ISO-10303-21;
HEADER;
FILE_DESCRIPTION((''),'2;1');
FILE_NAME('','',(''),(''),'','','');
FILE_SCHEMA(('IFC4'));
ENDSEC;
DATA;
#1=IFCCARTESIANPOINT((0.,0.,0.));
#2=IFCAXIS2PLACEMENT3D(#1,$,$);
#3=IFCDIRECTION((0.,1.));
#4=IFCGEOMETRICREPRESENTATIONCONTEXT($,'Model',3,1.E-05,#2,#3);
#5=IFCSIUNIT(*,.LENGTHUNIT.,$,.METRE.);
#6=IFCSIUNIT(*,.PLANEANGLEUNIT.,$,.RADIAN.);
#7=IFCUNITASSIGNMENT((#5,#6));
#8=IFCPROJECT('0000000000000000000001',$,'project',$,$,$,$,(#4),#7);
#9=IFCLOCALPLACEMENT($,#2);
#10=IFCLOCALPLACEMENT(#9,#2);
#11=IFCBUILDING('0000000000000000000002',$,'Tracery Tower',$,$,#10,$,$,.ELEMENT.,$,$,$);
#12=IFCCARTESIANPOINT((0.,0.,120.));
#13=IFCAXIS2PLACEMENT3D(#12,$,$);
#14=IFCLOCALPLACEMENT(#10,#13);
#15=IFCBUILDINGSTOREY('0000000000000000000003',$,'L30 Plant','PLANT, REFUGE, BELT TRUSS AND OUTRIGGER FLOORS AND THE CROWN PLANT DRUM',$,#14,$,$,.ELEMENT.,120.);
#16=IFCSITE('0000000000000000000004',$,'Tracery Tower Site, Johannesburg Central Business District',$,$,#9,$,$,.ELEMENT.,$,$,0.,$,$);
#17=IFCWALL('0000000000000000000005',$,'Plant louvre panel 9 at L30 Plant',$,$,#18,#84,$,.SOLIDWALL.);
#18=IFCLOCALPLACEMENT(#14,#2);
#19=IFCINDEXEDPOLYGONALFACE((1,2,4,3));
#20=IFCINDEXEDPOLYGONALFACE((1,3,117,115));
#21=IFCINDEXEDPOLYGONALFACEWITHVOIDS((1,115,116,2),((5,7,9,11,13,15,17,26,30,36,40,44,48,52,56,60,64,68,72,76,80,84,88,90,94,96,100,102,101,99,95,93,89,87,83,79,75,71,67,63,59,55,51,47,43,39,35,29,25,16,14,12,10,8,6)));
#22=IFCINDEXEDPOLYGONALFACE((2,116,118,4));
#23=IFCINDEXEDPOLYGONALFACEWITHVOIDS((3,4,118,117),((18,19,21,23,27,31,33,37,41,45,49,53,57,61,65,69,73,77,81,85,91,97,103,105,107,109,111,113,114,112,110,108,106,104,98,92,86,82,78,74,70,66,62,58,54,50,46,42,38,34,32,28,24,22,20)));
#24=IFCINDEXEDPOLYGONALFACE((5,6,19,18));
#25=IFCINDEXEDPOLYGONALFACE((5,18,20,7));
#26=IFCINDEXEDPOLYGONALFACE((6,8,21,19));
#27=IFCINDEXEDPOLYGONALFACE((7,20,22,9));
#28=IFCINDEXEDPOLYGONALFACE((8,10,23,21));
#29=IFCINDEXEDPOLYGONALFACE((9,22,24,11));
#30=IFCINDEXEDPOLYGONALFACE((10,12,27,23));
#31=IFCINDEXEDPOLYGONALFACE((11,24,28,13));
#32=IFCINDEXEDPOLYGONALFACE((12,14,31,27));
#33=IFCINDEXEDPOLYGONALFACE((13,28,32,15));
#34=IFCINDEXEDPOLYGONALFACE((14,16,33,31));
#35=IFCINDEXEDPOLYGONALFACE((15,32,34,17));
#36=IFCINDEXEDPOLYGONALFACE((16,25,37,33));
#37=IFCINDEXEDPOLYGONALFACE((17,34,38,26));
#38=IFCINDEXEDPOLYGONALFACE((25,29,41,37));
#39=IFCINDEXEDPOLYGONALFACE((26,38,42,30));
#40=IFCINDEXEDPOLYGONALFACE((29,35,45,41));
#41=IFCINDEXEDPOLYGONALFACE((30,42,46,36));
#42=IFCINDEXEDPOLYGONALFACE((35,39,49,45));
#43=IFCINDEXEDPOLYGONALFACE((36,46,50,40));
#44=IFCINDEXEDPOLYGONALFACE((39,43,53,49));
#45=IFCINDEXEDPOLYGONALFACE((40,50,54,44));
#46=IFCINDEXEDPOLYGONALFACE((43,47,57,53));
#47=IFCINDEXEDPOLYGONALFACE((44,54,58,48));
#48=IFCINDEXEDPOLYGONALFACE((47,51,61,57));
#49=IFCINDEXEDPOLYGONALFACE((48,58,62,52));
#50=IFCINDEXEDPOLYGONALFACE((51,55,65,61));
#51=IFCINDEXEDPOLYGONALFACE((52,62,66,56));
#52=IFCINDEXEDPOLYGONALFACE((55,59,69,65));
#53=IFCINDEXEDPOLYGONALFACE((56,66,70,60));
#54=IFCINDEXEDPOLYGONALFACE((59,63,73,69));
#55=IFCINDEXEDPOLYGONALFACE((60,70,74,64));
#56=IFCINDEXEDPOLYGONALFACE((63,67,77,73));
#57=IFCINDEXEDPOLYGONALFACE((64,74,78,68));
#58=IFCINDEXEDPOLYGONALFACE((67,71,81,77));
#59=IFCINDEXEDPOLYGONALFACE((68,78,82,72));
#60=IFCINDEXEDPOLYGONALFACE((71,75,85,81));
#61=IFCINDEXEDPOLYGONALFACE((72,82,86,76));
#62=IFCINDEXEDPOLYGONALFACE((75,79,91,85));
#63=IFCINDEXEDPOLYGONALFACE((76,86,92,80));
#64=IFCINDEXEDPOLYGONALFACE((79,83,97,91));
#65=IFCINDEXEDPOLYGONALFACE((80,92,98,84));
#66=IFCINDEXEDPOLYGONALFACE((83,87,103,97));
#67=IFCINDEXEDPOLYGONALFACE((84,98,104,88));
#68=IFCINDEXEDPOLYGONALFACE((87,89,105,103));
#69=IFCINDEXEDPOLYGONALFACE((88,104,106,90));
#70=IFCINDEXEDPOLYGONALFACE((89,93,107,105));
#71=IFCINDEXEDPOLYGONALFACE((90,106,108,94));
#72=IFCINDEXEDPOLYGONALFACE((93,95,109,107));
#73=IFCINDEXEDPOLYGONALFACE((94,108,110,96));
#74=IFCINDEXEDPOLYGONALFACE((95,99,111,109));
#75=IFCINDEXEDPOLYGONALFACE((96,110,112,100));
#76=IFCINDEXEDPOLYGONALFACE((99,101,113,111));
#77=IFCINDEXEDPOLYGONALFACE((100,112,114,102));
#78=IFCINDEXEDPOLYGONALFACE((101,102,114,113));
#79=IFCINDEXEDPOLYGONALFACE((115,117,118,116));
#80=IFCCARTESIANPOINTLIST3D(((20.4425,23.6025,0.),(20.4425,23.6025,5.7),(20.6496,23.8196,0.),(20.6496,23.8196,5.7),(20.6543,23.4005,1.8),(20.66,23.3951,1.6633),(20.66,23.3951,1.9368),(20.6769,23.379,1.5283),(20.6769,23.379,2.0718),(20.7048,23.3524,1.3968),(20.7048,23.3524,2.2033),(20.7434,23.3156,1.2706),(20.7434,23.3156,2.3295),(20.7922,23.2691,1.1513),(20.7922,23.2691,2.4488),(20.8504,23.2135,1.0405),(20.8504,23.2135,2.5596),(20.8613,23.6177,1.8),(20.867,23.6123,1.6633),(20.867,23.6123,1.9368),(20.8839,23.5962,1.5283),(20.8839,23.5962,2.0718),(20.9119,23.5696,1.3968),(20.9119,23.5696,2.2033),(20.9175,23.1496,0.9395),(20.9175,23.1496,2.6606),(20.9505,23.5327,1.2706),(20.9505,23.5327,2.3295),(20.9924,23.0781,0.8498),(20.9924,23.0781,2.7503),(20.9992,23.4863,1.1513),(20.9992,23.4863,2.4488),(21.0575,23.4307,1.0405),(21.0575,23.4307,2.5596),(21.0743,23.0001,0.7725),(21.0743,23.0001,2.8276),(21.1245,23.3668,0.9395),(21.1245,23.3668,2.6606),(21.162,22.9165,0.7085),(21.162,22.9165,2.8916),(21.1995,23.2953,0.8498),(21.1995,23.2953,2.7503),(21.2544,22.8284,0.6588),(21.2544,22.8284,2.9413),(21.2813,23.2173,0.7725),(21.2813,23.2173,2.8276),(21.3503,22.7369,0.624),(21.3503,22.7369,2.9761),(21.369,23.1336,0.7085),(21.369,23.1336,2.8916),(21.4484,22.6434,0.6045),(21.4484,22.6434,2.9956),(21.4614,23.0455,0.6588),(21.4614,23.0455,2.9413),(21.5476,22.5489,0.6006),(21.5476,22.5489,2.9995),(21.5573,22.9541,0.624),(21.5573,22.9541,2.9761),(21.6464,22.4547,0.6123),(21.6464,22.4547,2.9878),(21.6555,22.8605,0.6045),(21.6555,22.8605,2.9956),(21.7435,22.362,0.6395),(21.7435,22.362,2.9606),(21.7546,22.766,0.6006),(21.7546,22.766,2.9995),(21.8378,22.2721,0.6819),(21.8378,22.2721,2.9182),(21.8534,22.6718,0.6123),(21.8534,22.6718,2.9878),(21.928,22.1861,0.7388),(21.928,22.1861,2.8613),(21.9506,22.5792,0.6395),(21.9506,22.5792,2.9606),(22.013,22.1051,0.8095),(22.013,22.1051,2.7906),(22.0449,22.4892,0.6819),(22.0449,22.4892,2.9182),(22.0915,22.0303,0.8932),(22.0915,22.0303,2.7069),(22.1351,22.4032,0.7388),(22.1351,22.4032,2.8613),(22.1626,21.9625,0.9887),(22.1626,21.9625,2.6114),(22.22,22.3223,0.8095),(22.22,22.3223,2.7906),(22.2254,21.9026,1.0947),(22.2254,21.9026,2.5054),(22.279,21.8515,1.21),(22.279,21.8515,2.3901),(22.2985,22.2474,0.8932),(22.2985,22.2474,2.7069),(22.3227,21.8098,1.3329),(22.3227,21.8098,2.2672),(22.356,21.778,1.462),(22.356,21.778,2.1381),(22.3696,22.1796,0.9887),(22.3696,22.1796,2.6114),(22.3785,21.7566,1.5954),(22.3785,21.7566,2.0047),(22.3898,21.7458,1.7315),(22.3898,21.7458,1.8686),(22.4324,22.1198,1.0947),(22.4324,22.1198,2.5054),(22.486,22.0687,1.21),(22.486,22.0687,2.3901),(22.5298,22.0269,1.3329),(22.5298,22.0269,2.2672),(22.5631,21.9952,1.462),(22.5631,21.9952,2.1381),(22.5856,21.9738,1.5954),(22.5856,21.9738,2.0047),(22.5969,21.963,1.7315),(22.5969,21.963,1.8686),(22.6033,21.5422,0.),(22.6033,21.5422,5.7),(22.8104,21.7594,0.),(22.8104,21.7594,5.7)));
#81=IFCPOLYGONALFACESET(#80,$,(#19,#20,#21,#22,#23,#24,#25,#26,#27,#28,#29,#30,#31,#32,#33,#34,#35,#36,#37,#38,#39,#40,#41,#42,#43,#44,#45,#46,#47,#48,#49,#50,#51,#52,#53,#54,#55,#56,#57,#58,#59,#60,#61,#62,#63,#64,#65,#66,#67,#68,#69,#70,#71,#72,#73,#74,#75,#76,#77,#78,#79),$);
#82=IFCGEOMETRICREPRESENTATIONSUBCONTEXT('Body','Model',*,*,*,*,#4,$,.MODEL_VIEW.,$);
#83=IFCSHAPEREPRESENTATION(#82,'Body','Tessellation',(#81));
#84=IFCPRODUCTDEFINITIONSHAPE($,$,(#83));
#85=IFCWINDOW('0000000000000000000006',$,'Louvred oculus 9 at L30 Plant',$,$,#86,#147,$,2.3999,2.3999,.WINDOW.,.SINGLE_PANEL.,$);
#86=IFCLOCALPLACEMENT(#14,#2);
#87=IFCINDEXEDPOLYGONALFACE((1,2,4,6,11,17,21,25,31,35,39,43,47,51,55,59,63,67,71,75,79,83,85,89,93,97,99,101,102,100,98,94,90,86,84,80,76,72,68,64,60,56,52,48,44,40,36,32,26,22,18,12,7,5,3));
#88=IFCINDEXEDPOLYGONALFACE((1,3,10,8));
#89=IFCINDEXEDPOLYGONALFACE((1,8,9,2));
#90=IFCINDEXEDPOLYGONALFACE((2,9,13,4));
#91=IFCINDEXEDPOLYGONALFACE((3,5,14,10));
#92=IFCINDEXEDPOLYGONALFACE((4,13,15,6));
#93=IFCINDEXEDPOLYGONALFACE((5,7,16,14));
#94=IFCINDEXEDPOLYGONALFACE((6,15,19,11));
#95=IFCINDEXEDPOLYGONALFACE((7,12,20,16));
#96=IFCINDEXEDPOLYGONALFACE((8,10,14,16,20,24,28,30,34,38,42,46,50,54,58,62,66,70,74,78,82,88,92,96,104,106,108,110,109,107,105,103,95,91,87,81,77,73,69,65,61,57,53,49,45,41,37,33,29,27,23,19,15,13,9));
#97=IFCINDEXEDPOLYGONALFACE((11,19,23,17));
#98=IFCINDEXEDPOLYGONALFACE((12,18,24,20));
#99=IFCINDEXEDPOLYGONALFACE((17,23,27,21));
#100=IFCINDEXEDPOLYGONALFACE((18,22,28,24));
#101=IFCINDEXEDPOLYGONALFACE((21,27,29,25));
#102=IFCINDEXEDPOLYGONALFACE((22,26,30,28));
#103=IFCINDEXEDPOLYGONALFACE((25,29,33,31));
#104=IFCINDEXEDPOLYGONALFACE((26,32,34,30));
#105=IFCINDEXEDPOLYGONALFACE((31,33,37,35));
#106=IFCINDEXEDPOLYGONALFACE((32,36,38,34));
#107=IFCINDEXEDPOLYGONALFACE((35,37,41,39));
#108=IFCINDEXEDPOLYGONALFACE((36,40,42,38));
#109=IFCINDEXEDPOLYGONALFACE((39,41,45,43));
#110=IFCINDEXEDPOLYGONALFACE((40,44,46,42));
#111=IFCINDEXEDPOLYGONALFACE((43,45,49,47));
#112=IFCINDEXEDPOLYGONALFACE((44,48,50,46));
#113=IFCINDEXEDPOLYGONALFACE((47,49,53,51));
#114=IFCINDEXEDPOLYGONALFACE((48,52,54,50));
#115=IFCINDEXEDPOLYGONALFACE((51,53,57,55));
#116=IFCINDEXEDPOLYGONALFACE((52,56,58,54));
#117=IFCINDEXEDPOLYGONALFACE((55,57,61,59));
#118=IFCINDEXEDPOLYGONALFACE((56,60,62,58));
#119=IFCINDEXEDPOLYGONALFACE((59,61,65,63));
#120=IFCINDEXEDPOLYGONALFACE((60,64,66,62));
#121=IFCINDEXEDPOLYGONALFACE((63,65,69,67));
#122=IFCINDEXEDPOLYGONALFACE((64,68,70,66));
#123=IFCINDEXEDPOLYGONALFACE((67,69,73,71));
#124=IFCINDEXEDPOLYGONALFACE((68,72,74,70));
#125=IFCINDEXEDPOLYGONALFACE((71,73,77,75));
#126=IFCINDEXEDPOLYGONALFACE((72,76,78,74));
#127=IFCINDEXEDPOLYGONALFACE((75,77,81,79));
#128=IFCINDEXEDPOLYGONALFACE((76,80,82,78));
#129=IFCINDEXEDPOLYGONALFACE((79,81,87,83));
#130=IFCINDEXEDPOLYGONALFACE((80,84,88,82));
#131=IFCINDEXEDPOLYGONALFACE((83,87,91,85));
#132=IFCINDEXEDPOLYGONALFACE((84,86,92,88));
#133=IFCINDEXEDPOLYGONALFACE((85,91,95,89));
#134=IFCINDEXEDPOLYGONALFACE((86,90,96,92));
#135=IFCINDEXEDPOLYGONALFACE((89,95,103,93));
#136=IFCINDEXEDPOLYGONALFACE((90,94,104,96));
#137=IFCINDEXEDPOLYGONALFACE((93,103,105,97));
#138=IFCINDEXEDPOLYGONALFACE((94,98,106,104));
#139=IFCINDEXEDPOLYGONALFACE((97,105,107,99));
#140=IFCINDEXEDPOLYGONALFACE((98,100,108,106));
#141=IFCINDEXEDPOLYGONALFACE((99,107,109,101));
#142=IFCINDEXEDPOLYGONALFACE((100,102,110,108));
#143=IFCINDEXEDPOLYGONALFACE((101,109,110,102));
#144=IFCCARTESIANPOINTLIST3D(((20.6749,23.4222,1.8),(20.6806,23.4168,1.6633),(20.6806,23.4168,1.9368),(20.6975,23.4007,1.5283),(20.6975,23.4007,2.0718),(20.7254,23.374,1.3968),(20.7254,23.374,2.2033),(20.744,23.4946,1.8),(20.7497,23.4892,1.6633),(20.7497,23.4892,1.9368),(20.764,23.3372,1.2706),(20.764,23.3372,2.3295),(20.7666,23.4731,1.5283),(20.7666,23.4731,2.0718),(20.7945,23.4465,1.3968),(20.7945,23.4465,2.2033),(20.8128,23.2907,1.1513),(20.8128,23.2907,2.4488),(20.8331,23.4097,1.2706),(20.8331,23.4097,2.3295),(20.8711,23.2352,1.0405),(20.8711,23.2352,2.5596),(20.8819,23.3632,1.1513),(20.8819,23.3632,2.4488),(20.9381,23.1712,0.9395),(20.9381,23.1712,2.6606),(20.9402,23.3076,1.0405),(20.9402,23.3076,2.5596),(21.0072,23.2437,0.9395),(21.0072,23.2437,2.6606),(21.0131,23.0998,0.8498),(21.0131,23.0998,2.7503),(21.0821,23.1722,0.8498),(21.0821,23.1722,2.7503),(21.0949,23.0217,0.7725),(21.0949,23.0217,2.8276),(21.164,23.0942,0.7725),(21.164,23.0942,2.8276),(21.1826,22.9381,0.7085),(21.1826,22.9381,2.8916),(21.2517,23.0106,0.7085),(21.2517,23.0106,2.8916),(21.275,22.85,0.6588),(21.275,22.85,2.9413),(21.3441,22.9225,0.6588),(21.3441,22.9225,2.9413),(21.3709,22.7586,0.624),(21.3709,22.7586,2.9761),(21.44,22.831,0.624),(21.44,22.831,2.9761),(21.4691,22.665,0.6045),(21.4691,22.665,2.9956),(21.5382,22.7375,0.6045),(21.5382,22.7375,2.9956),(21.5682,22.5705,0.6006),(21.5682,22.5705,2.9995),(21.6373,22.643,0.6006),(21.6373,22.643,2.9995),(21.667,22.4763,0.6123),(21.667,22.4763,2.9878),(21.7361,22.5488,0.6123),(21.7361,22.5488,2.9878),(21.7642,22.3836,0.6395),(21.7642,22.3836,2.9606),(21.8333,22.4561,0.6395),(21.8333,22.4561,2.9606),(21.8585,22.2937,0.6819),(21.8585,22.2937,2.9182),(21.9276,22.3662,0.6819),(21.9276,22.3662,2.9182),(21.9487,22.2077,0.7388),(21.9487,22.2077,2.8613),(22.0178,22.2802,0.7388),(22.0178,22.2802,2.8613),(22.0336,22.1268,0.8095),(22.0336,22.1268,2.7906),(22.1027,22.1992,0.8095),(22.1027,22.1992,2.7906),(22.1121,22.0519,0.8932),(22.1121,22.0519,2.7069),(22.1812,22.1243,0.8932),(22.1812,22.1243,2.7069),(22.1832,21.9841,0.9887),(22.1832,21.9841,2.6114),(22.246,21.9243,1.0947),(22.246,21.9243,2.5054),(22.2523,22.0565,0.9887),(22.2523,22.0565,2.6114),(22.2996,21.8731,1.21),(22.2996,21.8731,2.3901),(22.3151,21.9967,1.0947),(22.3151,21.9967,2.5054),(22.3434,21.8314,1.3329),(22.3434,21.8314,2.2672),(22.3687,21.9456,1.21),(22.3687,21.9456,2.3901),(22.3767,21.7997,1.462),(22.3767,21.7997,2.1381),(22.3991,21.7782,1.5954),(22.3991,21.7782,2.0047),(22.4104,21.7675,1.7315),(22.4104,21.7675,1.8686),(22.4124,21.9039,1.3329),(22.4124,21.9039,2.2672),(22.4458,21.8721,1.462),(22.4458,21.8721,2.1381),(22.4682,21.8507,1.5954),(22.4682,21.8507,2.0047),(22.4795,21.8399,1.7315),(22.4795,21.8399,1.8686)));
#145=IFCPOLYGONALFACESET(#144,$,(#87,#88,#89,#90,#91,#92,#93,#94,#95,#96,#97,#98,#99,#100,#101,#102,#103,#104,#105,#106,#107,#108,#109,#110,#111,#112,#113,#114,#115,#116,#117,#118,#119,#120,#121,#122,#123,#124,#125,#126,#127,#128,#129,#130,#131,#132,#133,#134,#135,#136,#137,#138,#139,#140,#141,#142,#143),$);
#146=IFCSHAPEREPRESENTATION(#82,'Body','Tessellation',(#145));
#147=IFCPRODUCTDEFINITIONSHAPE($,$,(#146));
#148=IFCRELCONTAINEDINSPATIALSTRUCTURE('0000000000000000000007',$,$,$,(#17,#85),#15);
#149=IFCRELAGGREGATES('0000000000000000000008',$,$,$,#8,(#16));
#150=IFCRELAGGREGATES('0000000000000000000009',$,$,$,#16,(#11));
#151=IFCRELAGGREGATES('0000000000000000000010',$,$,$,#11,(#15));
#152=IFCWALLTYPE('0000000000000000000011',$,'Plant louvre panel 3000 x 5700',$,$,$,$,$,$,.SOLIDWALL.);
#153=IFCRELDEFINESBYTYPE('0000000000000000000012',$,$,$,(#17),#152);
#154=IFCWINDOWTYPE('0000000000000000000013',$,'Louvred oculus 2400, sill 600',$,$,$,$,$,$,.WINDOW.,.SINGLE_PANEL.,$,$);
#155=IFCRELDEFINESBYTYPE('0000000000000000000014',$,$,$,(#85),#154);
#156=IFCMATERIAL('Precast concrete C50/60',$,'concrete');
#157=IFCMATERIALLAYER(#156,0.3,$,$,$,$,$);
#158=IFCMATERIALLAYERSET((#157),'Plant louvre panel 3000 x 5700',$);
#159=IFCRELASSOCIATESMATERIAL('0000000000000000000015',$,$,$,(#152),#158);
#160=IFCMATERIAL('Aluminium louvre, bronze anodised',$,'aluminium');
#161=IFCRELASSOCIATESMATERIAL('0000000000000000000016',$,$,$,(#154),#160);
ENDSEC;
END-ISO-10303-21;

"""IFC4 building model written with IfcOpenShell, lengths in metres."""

from ifc_helpers import new_model, si_unit, direction, frame, frame_2d, origin, origin_2d, place, context, subcontext, project, spatial, rectangle, circle, extrude, material, layer, layer_set, type_object, element, fill, save


model = new_model("IFC4")

# Units and contexts
model_context = context("Model", 3, precision=1e-05, world=origin(), true_north=direction((0.0, 1.0)))
body_context = subcontext(model_context, "Body", "Model", "MODEL_VIEW")
ifc_project = project(units=[si_unit("LENGTHUNIT", "METRE"), si_unit("PLANEANGLEUNIT", "RADIAN")], contexts=[model_context])

# Site, building, storey
site_placement = place(None, origin())
site = spatial("IfcSite", under=ifc_project, at=site_placement, Name="Tracery Tower Site, Johannesburg Central Business District", CompositionType="ELEMENT", RefElevation=0.0)
building_placement = place(site_placement, origin())
building = spatial("IfcBuilding", under=site, at=building_placement, Name="Tracery Tower", CompositionType="ELEMENT")
storey_placement = place(building_placement, frame((0.0, 0.0, 120.0)))
storey = spatial("IfcBuildingStorey", under=building, at=storey_placement, Name="L30 Plant", Description="PLANT, REFUGE, BELT TRUSS AND OUTRIGGER FLOORS AND THE CROWN PLANT DRUM", CompositionType="ELEMENT", Elevation=120.0)

# Wall, opening, window
ifc_material_1 = material(Name="Precast concrete C50/60", Category="concrete")
ifc_layer_1 = layer(ifc_material_1, 0.3)
ifc_layer_set_1 = layer_set([ifc_layer_1], Name="Plant louvre panel 3000 x 5700")
wall_type_1 = type_object("IfcWallType", Name="Plant louvre panel 3000 x 5700", PredefinedType="SOLIDWALL", material=ifc_layer_set_1)
ifc_material_2 = material(Name="Aluminium louvre, bronze anodised", Category="aluminium")
window_type = type_object("IfcWindowType", Name="Louvred oculus 2400, sill 600", PartitioningType="SINGLE_PANEL", PredefinedType="WINDOW", material=ifc_material_2)
wall_1_placement = place(storey_placement, frame((22.7068, 21.6509, 0.0), z_axis=(0.0, 0.0, 1.0), x_axis=(-0.723751, 0.690061, 0.0)))
wall_1 = element("IfcWall", 1, at=wall_1_placement, inside=storey, type_object=wall_type_1, Name="Plant louvre panel 9 at L30 Plant", PredefinedType="SOLIDWALL", context=body_context, shape_type="SweptSolid", body=[
    extrude(rectangle(XDim=2.9856, YDim=0.3, at=frame_2d((1.4927, 0.0))), origin(), (0.0, 0.0, 1.0), 5.7),
])
opening_1_placement = place(wall_1_placement, frame((1.4929, 0.0, 1.8)))
opening_1 = element("IfcOpeningElement", 2, at=opening_1_placement, cuts=wall_1, PredefinedType="OPENING", context=body_context, shape_type="SweptSolid", body=[
    extrude(circle(Radius=1.2, at=origin_2d()), frame((0.0, 0.1599, 0.0), z_axis=(0.0, -1.0, 0.0), x_axis=(1.0, 0.0, 0.0)), (0.0, 0.0, 1.0), 0.3201),
])
window_1_placement = place(opening_1_placement, origin())
window_1 = element("IfcWindow", 3, at=window_1_placement, inside=storey, type_object=window_type, Name="Louvred oculus 9 at L30 Plant", OverallHeight=2.3999, OverallWidth=2.3999, PartitioningType="SINGLE_PANEL", PredefinedType="WINDOW", context=body_context, shape_type="SweptSolid", body=[
    extrude(circle(Radius=1.2, at=origin_2d()), frame((0.0, 0.1201, 0.0), z_axis=(0.0, -1.0, 0.0), x_axis=(1.0, 0.0, 0.0)), (0.0, 0.0, 1.0), 0.1001),
])
fill(opening_1, window_1)

save(model, "model.ifc")
